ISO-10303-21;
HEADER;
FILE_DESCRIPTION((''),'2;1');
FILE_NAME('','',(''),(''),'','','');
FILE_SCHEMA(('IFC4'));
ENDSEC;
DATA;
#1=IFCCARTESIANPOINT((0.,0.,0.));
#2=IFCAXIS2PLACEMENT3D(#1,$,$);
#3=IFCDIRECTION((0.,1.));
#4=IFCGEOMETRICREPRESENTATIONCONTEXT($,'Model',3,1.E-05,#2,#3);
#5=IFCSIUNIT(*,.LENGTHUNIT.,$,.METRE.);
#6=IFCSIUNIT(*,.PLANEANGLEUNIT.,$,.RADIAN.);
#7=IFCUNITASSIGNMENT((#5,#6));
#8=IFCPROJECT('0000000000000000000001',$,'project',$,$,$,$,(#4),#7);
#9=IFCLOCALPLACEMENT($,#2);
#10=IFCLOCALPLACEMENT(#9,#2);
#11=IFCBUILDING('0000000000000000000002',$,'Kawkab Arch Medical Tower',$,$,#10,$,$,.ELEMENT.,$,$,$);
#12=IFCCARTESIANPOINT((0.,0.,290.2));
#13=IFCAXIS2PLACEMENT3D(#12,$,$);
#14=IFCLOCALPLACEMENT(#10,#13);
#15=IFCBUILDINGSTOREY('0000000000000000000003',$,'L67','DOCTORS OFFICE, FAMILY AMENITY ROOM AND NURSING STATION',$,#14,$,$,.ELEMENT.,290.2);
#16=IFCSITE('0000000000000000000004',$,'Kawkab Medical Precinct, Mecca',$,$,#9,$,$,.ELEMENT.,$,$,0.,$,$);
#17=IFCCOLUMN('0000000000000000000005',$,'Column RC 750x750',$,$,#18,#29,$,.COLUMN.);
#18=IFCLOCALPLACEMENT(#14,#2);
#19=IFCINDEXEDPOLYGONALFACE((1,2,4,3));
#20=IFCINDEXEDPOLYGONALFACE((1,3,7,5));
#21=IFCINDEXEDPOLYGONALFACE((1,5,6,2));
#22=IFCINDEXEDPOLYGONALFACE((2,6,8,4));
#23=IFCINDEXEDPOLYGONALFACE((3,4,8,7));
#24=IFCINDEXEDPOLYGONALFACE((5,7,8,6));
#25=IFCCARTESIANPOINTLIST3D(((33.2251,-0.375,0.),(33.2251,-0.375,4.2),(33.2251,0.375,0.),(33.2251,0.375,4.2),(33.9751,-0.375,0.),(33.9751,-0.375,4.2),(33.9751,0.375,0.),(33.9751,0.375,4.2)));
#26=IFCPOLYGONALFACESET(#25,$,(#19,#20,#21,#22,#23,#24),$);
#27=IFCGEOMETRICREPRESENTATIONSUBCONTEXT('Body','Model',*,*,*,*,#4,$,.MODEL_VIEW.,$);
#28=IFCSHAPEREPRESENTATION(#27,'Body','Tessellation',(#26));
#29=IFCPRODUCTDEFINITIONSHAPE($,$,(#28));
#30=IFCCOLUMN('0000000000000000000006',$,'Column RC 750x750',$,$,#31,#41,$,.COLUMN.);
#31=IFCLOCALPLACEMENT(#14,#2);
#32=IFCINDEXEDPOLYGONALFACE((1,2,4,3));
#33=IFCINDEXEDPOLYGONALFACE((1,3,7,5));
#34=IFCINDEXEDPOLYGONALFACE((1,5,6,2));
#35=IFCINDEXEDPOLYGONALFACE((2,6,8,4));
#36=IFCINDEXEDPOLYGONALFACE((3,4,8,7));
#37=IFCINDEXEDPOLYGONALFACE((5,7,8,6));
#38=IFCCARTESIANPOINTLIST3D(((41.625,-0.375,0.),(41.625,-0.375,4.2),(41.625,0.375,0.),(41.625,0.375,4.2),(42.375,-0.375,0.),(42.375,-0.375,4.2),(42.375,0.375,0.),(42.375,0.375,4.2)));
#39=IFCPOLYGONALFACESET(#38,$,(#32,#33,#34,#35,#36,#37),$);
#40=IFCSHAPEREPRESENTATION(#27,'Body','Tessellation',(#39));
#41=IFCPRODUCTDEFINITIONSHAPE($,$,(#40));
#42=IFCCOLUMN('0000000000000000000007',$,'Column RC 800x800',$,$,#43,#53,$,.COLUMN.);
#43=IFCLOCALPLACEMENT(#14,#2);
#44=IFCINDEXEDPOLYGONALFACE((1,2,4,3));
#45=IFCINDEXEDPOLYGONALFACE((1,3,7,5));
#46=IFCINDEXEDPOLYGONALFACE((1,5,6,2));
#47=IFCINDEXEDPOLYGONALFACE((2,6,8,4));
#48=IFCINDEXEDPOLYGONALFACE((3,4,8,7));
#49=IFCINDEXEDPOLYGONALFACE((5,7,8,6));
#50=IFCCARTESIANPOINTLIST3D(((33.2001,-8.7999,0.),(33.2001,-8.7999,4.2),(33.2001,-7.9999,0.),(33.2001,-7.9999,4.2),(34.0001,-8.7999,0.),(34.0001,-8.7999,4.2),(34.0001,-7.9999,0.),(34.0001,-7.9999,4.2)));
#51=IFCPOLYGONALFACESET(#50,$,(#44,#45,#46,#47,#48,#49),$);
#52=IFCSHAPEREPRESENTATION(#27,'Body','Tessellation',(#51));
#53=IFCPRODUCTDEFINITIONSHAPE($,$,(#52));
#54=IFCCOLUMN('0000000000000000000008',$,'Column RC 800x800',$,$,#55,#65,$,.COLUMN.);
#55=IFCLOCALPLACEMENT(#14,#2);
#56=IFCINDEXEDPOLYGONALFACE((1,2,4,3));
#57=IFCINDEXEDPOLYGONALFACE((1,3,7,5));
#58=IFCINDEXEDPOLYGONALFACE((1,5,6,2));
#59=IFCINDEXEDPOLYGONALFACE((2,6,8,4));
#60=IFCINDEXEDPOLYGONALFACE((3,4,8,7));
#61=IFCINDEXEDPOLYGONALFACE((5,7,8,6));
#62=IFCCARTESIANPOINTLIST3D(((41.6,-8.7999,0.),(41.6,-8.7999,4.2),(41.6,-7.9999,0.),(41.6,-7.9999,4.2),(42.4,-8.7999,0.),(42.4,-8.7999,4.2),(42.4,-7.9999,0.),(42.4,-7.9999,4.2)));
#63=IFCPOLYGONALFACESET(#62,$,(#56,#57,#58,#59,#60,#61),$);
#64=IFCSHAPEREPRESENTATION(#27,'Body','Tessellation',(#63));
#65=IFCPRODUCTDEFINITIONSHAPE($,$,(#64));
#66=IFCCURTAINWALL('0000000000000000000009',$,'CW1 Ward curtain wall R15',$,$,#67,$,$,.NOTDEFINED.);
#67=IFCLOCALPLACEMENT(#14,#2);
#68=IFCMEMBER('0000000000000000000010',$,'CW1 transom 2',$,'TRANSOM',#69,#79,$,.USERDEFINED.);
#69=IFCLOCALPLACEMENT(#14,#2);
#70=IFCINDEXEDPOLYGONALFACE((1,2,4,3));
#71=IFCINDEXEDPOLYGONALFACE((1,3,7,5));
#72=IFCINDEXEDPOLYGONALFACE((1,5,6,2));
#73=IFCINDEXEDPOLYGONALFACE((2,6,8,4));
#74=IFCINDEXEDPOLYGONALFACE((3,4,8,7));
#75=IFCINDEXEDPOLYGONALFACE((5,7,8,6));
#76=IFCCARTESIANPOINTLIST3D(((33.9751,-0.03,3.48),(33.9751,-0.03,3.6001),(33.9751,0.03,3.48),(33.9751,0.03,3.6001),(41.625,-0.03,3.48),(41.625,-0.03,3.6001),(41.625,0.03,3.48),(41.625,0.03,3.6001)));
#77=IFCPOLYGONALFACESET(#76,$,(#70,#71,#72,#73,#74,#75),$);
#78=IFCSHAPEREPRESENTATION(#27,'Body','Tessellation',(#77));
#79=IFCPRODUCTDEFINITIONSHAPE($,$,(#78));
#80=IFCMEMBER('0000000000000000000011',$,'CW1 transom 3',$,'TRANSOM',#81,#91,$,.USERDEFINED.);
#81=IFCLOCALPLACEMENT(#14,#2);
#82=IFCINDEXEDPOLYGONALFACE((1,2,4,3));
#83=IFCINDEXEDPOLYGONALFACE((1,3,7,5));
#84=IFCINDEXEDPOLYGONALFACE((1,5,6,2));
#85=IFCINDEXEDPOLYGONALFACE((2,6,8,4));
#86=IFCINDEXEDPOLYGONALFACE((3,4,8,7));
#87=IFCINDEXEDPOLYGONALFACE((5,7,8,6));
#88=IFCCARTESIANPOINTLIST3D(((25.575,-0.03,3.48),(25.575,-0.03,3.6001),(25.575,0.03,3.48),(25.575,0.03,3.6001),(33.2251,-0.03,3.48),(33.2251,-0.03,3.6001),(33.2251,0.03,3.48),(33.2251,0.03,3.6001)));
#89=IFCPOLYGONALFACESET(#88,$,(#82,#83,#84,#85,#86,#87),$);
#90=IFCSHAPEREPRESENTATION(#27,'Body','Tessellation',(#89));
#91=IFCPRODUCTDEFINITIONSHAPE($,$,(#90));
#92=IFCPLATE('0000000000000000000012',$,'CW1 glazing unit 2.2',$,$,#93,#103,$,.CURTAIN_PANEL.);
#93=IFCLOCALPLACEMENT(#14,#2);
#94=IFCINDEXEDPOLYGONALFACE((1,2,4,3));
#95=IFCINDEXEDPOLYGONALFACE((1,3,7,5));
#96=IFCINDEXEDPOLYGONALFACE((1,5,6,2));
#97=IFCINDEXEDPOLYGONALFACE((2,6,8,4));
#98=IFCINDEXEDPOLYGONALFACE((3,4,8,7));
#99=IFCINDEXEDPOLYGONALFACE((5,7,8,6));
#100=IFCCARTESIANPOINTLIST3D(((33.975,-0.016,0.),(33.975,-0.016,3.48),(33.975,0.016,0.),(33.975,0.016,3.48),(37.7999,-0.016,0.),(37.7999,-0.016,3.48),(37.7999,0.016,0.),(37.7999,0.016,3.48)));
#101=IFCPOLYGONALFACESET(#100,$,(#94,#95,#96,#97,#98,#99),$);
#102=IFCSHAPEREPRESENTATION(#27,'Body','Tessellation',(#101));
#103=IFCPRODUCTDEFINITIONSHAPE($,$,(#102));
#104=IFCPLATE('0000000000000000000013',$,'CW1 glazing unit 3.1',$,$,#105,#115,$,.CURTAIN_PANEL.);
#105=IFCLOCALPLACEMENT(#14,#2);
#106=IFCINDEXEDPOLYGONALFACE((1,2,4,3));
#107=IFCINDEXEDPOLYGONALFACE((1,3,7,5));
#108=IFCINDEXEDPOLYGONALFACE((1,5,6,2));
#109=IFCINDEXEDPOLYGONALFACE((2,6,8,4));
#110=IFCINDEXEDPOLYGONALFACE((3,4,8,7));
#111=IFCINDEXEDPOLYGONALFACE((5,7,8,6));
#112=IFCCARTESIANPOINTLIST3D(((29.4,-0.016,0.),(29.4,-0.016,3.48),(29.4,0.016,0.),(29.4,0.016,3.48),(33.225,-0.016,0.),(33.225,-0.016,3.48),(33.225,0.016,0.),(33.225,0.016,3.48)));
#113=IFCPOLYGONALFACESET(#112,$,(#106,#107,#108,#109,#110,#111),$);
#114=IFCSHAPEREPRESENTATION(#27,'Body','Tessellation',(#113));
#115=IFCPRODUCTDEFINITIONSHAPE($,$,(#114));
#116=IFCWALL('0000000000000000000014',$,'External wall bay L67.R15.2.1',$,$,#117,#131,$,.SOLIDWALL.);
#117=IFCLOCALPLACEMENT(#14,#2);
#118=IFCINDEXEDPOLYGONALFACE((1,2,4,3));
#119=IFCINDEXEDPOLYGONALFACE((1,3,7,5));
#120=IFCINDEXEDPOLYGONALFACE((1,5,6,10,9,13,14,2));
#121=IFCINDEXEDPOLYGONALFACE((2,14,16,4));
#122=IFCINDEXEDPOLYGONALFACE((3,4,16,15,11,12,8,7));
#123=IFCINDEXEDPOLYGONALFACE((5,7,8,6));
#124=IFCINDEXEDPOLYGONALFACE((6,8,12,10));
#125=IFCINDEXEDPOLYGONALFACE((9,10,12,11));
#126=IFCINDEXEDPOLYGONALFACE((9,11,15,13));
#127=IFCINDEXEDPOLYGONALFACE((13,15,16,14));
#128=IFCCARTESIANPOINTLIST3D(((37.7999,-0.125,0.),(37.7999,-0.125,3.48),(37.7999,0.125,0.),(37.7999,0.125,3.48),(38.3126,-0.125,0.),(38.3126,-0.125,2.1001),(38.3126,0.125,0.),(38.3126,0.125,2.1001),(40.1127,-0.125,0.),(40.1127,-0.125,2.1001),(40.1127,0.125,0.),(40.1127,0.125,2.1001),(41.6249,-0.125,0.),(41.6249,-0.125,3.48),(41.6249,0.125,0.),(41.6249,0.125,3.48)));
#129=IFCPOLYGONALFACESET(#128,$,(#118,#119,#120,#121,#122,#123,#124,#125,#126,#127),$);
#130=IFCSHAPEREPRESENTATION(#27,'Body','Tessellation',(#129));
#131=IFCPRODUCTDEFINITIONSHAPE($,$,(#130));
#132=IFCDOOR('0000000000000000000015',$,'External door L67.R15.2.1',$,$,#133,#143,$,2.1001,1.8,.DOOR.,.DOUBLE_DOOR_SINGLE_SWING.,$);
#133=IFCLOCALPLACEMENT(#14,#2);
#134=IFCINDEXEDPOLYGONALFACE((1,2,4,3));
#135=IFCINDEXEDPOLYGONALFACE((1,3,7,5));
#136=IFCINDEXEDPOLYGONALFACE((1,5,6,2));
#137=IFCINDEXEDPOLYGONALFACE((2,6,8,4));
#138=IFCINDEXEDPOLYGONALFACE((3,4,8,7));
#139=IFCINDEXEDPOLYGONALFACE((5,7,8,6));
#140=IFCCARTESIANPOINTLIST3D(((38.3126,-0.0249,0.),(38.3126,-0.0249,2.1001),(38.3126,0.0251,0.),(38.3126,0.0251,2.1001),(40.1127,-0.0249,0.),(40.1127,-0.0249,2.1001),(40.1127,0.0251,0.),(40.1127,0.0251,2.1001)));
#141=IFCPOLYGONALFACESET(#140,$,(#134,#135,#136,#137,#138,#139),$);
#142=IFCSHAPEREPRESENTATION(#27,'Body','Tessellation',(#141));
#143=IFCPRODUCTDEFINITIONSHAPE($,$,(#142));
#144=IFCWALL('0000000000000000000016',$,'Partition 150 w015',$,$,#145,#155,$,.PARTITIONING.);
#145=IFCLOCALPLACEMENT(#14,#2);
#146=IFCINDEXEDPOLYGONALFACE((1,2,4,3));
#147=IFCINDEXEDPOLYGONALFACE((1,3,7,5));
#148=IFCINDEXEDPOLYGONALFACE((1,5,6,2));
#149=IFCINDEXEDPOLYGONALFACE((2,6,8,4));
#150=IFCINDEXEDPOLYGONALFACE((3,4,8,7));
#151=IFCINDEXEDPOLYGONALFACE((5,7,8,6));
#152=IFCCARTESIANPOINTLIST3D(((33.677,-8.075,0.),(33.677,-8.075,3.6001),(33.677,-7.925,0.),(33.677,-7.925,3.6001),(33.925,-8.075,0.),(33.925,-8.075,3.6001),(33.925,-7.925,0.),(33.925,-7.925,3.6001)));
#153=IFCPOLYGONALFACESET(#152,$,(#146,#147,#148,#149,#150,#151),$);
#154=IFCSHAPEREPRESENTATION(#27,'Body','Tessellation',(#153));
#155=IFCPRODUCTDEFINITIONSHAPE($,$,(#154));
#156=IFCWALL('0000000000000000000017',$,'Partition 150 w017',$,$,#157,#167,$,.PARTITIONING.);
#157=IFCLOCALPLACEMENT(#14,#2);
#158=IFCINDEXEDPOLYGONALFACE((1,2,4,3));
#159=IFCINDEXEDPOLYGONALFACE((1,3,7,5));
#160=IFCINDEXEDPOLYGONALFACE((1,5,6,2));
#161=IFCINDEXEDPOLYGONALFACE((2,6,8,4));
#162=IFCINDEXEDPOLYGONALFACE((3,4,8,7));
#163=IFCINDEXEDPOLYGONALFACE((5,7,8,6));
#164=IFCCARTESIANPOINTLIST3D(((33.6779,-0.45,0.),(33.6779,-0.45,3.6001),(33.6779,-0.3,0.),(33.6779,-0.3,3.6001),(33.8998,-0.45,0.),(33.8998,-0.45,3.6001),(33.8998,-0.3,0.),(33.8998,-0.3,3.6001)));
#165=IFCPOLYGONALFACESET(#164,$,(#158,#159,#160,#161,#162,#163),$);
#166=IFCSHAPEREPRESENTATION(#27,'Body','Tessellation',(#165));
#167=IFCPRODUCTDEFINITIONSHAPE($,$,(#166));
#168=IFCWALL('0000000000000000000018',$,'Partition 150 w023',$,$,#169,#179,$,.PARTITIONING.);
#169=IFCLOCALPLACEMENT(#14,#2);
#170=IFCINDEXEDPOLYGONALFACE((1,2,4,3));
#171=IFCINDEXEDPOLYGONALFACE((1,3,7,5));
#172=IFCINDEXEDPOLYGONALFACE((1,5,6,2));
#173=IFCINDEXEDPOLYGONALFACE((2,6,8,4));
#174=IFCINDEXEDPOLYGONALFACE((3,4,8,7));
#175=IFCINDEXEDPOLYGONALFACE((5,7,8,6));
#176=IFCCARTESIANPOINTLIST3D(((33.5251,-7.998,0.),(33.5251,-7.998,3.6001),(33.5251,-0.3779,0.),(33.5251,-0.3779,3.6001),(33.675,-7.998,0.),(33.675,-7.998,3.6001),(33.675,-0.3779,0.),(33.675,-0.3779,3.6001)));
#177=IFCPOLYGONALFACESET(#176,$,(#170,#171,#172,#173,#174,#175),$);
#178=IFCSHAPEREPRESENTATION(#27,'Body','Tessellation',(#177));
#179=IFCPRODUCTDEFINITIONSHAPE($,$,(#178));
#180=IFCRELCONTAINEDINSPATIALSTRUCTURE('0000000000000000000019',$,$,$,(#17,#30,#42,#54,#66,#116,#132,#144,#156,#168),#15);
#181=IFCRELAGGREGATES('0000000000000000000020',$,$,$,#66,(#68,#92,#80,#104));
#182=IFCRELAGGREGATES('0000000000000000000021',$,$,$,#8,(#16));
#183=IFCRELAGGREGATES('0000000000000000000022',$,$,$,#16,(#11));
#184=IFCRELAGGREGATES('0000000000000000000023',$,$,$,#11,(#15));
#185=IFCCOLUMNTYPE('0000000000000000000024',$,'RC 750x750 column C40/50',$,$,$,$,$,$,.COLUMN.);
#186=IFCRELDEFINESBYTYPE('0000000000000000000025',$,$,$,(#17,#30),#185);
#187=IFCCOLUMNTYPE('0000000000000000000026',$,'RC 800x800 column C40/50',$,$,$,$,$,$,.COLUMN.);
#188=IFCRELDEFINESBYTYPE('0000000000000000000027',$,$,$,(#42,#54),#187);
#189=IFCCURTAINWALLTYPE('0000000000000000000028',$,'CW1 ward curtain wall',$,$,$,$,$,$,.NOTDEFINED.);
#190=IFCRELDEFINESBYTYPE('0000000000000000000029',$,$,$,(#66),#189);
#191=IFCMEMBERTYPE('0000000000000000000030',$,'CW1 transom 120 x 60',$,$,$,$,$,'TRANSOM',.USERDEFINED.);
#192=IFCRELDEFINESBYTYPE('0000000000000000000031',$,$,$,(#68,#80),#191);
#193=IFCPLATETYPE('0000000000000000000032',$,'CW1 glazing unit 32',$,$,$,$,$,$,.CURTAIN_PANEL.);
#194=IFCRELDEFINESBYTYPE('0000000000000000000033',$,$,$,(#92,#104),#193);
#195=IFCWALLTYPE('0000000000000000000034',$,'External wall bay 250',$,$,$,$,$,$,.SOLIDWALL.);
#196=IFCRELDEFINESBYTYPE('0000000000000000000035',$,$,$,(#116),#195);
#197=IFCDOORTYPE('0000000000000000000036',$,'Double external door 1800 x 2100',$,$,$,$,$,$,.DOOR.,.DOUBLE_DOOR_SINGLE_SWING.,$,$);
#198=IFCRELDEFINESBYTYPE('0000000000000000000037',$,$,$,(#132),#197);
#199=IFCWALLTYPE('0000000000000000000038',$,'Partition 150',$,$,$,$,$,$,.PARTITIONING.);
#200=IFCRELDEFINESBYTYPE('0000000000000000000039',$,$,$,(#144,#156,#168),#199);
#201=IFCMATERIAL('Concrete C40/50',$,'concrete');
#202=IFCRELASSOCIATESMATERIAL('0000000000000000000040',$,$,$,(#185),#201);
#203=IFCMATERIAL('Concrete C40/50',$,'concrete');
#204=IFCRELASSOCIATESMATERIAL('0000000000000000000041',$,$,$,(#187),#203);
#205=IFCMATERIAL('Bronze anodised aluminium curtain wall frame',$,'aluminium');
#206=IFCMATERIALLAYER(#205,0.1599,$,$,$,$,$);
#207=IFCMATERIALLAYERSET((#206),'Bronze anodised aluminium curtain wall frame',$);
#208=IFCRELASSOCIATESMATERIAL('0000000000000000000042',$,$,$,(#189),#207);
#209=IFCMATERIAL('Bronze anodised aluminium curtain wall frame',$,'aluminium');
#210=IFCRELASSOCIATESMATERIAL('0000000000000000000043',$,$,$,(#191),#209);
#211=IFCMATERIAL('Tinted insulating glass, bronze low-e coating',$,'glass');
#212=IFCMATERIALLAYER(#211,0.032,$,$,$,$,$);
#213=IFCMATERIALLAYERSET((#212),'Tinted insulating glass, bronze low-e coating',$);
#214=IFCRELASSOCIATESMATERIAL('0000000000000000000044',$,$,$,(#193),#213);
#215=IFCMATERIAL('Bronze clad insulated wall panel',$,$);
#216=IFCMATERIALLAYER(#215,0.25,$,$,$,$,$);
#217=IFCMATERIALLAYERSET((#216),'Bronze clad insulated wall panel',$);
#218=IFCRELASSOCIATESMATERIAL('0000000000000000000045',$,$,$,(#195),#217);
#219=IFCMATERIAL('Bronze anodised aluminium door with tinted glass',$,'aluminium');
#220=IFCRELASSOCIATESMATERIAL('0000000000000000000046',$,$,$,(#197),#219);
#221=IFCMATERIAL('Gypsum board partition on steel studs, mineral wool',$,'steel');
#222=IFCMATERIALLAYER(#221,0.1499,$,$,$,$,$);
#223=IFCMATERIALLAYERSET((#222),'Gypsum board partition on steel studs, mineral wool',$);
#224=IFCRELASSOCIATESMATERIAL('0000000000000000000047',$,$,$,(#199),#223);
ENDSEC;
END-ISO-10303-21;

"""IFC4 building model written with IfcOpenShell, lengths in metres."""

from ifc_helpers import new_model, si_unit, direction, frame, frame_2d, origin, origin_2d, place, context, subcontext, project, spatial, rectangle, extrude, material, layer, layer_set, material_profile, profile_set, type_object, element, fill, aggregate, save


model = new_model("IFC4")

# Units and contexts
model_context = context("Model", 3, precision=1e-05, world=origin(), true_north=direction((0.0, 1.0)))
body_context = subcontext(model_context, "Body", "Model", "MODEL_VIEW")
ifc_project = project(units=[si_unit("LENGTHUNIT", "METRE"), si_unit("PLANEANGLEUNIT", "RADIAN")], contexts=[model_context])

# Site, building, storey
site_placement = place(None, origin())
site = spatial("IfcSite", under=ifc_project, at=site_placement, Name="Kawkab Medical Precinct, Mecca", CompositionType="ELEMENT", RefElevation=0.0)
building_placement = place(site_placement, origin())
building = spatial("IfcBuilding", under=site, at=building_placement, Name="Kawkab Arch Medical Tower", CompositionType="ELEMENT")
storey_placement = place(building_placement, frame((0.0, 0.0, 290.2)))
storey = spatial("IfcBuildingStorey", under=building, at=storey_placement, Name="L67", Description="DOCTORS OFFICE, FAMILY AMENITY ROOM AND NURSING STATION", CompositionType="ELEMENT", Elevation=290.2)

# Columns
ifc_material_1 = material(Name="Concrete C40/50", Category="concrete")
ifc_material_profile_1 = material_profile(ifc_material_1, rectangle(XDim=0.75, YDim=0.75, at=origin_2d()), Name="RC 750x750")
ifc_profile_set_1 = profile_set([ifc_material_profile_1], Name="Concrete C40/50")
column_type_1 = type_object("IfcColumnType", Name="RC 750x750 column C40/50", PredefinedType="COLUMN", material=ifc_profile_set_1)
for number, where, z_axis, x_axis, name in (
    (1, (33.6001, 0.0, 0.0), (0.0, 0.0, 1.0), (1.0, 0.0, 0.0), "Column RC 750x750"),
    (2, (42.0, 0.0, 0.0), (0.0, 0.0, 1.0), (1.0, 0.0, 0.0), "Column RC 750x750"),
):
    element("IfcColumn", number, at=place(storey_placement, frame(where, z_axis=z_axis, x_axis=x_axis)), inside=storey, type_object=column_type_1, Name=name, PredefinedType="COLUMN", context=body_context, shape_type="SweptSolid", body=[
        extrude(rectangle(XDim=0.75, YDim=0.75, at=origin_2d()), origin(), (0.0, 0.0, 1.0), 4.2),
    ])
ifc_material_2 = material(Name="Concrete C40/50", Category="concrete")
ifc_material_profile_2 = material_profile(ifc_material_2, rectangle(XDim=0.8, YDim=0.8, at=origin_2d()), Name="RC 800x800")
ifc_profile_set_2 = profile_set([ifc_material_profile_2], Name="Concrete C40/50")
column_type_2 = type_object("IfcColumnType", Name="RC 800x800 column C40/50", PredefinedType="COLUMN", material=ifc_profile_set_2)
for number, where, z_axis, x_axis, name in (
    (3, (33.6001, -8.3999, 0.0), (0.0, 0.0, 1.0), (1.0, 0.0, 0.0), "Column RC 800x800"),
    (4, (42.0, -8.3999, 0.0), (0.0, 0.0, 1.0), (1.0, 0.0, 0.0), "Column RC 800x800"),
):
    element("IfcColumn", number, at=place(storey_placement, frame(where, z_axis=z_axis, x_axis=x_axis)), inside=storey, type_object=column_type_2, Name=name, PredefinedType="COLUMN", context=body_context, shape_type="SweptSolid", body=[
        extrude(rectangle(XDim=0.8, YDim=0.8, at=origin_2d()), origin(), (0.0, 0.0, 1.0), 4.2),
    ])

# Curtain wall, members, plates
ifc_material_3 = material(Name="Bronze anodised aluminium curtain wall frame", Category="aluminium")
ifc_layer_1 = layer(ifc_material_3, 0.1599)
ifc_layer_set_1 = layer_set([ifc_layer_1], Name="Bronze anodised aluminium curtain wall frame")
curtain_wall_type = type_object("IfcCurtainWallType", Name="CW1 ward curtain wall", PredefinedType="NOTDEFINED", material=ifc_layer_set_1)
curtain_wall_placement = place(storey_placement, origin())
curtain_wall = element("IfcCurtainWall", 5, at=curtain_wall_placement, inside=storey, type_object=curtain_wall_type, Name="CW1 Ward curtain wall R15", PredefinedType="NOTDEFINED")
ifc_material_4 = material(Name="Bronze anodised aluminium curtain wall frame", Category="aluminium")
ifc_material_profile_3 = material_profile(ifc_material_4, rectangle(XDim=0.0601, YDim=0.1201, at=origin_2d()), Name="AL 60x120")
ifc_profile_set_3 = profile_set([ifc_material_profile_3], Name="Bronze anodised aluminium curtain wall frame")
member_type = type_object("IfcMemberType", Name="CW1 transom 120 x 60", ElementType="TRANSOM", PredefinedType="USERDEFINED", material=ifc_profile_set_3)
member_1_placement = place(storey_placement, frame((41.625, 0.0, 3.54), z_axis=(-1.0, 0.0, 0.0), x_axis=(0.0, -1.0, 0.0)))
member_1 = element("IfcMember", 6, at=member_1_placement, type_object=member_type, Name="CW1 transom 2", ObjectType="TRANSOM", PredefinedType="USERDEFINED", context=body_context, shape_type="SweptSolid", body=[
    extrude(rectangle(XDim=0.0601, YDim=0.1201, at=origin_2d()), origin(), (0.0, 0.0, 1.0), 7.6499),
])
member_2_placement = place(storey_placement, frame((33.2251, 0.0, 3.54), z_axis=(-1.0, 0.0, 0.0), x_axis=(0.0, -1.0, 0.0)))
member_2 = element("IfcMember", 7, at=member_2_placement, type_object=member_type, Name="CW1 transom 3", ObjectType="TRANSOM", PredefinedType="USERDEFINED", context=body_context, shape_type="SweptSolid", body=[
    extrude(rectangle(XDim=0.0601, YDim=0.1201, at=origin_2d()), origin(), (0.0, 0.0, 1.0), 7.6501),
])
ifc_material_5 = material(Name="Tinted insulating glass, bronze low-e coating", Category="glass")
ifc_layer_2 = layer(ifc_material_5, 0.032)
ifc_layer_set_2 = layer_set([ifc_layer_2], Name="Tinted insulating glass, bronze low-e coating")
plate_type = type_object("IfcPlateType", Name="CW1 glazing unit 32", PredefinedType="CURTAIN_PANEL", material=ifc_layer_set_2)
plate_1_placement = place(storey_placement, frame((35.8875, 0.0, 0.0), z_axis=(0.0, 0.0, 1.0), x_axis=(-1.0, 0.0, 0.0)))
plate_1 = element("IfcPlate", 8, at=plate_1_placement, type_object=plate_type, Name="CW1 glazing unit 2.2", PredefinedType="CURTAIN_PANEL", context=body_context, shape_type="SweptSolid", body=[
    extrude(rectangle(XDim=3.825, YDim=0.032, at=origin_2d()), origin(), (0.0, 0.0, 1.0), 3.48),
])
plate_2_placement = place(storey_placement, frame((31.3125, 0.0, 0.0), z_axis=(0.0, 0.0, 1.0), x_axis=(-1.0, 0.0, 0.0)))
plate_2 = element("IfcPlate", 9, at=plate_2_placement, type_object=plate_type, Name="CW1 glazing unit 3.1", PredefinedType="CURTAIN_PANEL", context=body_context, shape_type="SweptSolid", body=[
    extrude(rectangle(XDim=3.825, YDim=0.032, at=origin_2d()), origin(), (0.0, 0.0, 1.0), 3.48),
])
aggregate(curtain_wall, [member_1, plate_1, member_2, plate_2])

# Wall, opening, door
ifc_material_6 = material(Name="Bronze clad insulated wall panel")
ifc_layer_3 = layer(ifc_material_6, 0.25)
ifc_layer_set_3 = layer_set([ifc_layer_3], Name="Bronze clad insulated wall panel")
wall_type_1 = type_object("IfcWallType", Name="External wall bay 250", PredefinedType="SOLIDWALL", material=ifc_layer_set_3)
wall_1_placement = place(storey_placement, frame((41.625, 0.0, 0.0), z_axis=(0.0, 0.0, 1.0), x_axis=(-1.0, 0.0, 0.0)))
wall_1 = element("IfcWall", 10, at=wall_1_placement, inside=storey, type_object=wall_type_1, Name="External wall bay L67.R15.2.1", PredefinedType="SOLIDWALL", context=body_context, shape_type="SweptSolid", body=[
    extrude(rectangle(XDim=3.825, YDim=0.25, at=frame_2d((1.9126, 0.0))), origin(), (0.0, 0.0, 1.0), 3.48),
])
opening_1_placement = place(wall_1_placement, frame((1.5125, 0.0, 0.0)))
opening_1 = element("IfcOpeningElement", 11, at=opening_1_placement, cuts=wall_1, PredefinedType="OPENING", context=body_context, shape_type="SweptSolid", body=[
    extrude(rectangle(XDim=1.8, YDim=2.1001, at=frame_2d((0.8999, 1.05))), frame((0.0, 0.135, 0.0), z_axis=(0.0, -1.0, 0.0), x_axis=(1.0, 0.0, 0.0)), (0.0, 0.0, 1.0), 0.27),
])
ifc_material_7 = material(Name="Bronze anodised aluminium door with tinted glass", Category="aluminium")
door_type_1 = type_object("IfcDoorType", Name="Double external door 1800 x 2100", OperationType="DOUBLE_DOOR_SINGLE_SWING", PredefinedType="DOOR", material=ifc_material_7)
door_1_placement = place(opening_1_placement, origin())
door_1 = element("IfcDoor", 12, at=door_1_placement, inside=storey, type_object=door_type_1, Name="External door L67.R15.2.1", OperationType="DOUBLE_DOOR_SINGLE_SWING", OverallHeight=2.1001, OverallWidth=1.8, PredefinedType="DOOR", context=body_context, shape_type="SweptSolid", body=[
    extrude(rectangle(XDim=1.8, YDim=2.1001, at=frame_2d((0.8999, 1.05))), frame((0.0, 0.0249, 0.0), z_axis=(0.0, -1.0, 0.0), x_axis=(1.0, 0.0, 0.0)), (0.0, 0.0, 1.0), 0.05),
])
fill(opening_1, door_1)

# Walls
ifc_material_8 = material(Name="Gypsum board partition on steel studs, mineral wool", Category="steel")
ifc_layer_4 = layer(ifc_material_8, 0.1499)
ifc_layer_set_4 = layer_set([ifc_layer_4], Name="Gypsum board partition on steel studs, mineral wool")
wall_type_2 = type_object("IfcWallType", Name="Partition 150", PredefinedType="PARTITIONING", material=ifc_layer_set_4)
wall_2_placement = place(storey_placement, frame((33.677, -8.0, 0.0), z_axis=(0.0, 0.0, 1.0), x_axis=(1.0, 0.0, 0.0)))
element("IfcWall", 13, at=wall_2_placement, inside=storey, type_object=wall_type_2, Name="Partition 150 w015", PredefinedType="PARTITIONING", context=body_context, shape_type="SweptSolid", body=[
    extrude(rectangle(XDim=0.248, YDim=0.1499, at=frame_2d((0.124, 0.0))), origin(), (0.0, 0.0, 1.0), 3.6001),
])
wall_3_placement = place(storey_placement, frame((33.678, -0.375, 0.0), z_axis=(0.0, 0.0, 1.0), x_axis=(1.0, 0.0, 0.0)))
element("IfcWall", 14, at=wall_3_placement, inside=storey, type_object=wall_type_2, Name="Partition 150 w017", PredefinedType="PARTITIONING", context=body_context, shape_type="SweptSolid", body=[
    extrude(rectangle(XDim=0.2219, YDim=0.1499, at=frame_2d((0.1108, 0.0))), origin(), (0.0, 0.0, 1.0), 3.6001),
])
wall_4_placement = place(storey_placement, frame((33.6001, -7.998, 0.0), z_axis=(0.0, 0.0, 1.0), x_axis=(0.0, 1.0, 0.0)))
element("IfcWall", 15, at=wall_4_placement, inside=storey, type_object=wall_type_2, Name="Partition 150 w023", PredefinedType="PARTITIONING", context=body_context, shape_type="SweptSolid", body=[
    extrude(rectangle(XDim=7.6201, YDim=0.1499, at=frame_2d((3.8101, 0.0))), origin(), (0.0, 0.0, 1.0), 3.6001),
])

save(model, "model.ifc")
